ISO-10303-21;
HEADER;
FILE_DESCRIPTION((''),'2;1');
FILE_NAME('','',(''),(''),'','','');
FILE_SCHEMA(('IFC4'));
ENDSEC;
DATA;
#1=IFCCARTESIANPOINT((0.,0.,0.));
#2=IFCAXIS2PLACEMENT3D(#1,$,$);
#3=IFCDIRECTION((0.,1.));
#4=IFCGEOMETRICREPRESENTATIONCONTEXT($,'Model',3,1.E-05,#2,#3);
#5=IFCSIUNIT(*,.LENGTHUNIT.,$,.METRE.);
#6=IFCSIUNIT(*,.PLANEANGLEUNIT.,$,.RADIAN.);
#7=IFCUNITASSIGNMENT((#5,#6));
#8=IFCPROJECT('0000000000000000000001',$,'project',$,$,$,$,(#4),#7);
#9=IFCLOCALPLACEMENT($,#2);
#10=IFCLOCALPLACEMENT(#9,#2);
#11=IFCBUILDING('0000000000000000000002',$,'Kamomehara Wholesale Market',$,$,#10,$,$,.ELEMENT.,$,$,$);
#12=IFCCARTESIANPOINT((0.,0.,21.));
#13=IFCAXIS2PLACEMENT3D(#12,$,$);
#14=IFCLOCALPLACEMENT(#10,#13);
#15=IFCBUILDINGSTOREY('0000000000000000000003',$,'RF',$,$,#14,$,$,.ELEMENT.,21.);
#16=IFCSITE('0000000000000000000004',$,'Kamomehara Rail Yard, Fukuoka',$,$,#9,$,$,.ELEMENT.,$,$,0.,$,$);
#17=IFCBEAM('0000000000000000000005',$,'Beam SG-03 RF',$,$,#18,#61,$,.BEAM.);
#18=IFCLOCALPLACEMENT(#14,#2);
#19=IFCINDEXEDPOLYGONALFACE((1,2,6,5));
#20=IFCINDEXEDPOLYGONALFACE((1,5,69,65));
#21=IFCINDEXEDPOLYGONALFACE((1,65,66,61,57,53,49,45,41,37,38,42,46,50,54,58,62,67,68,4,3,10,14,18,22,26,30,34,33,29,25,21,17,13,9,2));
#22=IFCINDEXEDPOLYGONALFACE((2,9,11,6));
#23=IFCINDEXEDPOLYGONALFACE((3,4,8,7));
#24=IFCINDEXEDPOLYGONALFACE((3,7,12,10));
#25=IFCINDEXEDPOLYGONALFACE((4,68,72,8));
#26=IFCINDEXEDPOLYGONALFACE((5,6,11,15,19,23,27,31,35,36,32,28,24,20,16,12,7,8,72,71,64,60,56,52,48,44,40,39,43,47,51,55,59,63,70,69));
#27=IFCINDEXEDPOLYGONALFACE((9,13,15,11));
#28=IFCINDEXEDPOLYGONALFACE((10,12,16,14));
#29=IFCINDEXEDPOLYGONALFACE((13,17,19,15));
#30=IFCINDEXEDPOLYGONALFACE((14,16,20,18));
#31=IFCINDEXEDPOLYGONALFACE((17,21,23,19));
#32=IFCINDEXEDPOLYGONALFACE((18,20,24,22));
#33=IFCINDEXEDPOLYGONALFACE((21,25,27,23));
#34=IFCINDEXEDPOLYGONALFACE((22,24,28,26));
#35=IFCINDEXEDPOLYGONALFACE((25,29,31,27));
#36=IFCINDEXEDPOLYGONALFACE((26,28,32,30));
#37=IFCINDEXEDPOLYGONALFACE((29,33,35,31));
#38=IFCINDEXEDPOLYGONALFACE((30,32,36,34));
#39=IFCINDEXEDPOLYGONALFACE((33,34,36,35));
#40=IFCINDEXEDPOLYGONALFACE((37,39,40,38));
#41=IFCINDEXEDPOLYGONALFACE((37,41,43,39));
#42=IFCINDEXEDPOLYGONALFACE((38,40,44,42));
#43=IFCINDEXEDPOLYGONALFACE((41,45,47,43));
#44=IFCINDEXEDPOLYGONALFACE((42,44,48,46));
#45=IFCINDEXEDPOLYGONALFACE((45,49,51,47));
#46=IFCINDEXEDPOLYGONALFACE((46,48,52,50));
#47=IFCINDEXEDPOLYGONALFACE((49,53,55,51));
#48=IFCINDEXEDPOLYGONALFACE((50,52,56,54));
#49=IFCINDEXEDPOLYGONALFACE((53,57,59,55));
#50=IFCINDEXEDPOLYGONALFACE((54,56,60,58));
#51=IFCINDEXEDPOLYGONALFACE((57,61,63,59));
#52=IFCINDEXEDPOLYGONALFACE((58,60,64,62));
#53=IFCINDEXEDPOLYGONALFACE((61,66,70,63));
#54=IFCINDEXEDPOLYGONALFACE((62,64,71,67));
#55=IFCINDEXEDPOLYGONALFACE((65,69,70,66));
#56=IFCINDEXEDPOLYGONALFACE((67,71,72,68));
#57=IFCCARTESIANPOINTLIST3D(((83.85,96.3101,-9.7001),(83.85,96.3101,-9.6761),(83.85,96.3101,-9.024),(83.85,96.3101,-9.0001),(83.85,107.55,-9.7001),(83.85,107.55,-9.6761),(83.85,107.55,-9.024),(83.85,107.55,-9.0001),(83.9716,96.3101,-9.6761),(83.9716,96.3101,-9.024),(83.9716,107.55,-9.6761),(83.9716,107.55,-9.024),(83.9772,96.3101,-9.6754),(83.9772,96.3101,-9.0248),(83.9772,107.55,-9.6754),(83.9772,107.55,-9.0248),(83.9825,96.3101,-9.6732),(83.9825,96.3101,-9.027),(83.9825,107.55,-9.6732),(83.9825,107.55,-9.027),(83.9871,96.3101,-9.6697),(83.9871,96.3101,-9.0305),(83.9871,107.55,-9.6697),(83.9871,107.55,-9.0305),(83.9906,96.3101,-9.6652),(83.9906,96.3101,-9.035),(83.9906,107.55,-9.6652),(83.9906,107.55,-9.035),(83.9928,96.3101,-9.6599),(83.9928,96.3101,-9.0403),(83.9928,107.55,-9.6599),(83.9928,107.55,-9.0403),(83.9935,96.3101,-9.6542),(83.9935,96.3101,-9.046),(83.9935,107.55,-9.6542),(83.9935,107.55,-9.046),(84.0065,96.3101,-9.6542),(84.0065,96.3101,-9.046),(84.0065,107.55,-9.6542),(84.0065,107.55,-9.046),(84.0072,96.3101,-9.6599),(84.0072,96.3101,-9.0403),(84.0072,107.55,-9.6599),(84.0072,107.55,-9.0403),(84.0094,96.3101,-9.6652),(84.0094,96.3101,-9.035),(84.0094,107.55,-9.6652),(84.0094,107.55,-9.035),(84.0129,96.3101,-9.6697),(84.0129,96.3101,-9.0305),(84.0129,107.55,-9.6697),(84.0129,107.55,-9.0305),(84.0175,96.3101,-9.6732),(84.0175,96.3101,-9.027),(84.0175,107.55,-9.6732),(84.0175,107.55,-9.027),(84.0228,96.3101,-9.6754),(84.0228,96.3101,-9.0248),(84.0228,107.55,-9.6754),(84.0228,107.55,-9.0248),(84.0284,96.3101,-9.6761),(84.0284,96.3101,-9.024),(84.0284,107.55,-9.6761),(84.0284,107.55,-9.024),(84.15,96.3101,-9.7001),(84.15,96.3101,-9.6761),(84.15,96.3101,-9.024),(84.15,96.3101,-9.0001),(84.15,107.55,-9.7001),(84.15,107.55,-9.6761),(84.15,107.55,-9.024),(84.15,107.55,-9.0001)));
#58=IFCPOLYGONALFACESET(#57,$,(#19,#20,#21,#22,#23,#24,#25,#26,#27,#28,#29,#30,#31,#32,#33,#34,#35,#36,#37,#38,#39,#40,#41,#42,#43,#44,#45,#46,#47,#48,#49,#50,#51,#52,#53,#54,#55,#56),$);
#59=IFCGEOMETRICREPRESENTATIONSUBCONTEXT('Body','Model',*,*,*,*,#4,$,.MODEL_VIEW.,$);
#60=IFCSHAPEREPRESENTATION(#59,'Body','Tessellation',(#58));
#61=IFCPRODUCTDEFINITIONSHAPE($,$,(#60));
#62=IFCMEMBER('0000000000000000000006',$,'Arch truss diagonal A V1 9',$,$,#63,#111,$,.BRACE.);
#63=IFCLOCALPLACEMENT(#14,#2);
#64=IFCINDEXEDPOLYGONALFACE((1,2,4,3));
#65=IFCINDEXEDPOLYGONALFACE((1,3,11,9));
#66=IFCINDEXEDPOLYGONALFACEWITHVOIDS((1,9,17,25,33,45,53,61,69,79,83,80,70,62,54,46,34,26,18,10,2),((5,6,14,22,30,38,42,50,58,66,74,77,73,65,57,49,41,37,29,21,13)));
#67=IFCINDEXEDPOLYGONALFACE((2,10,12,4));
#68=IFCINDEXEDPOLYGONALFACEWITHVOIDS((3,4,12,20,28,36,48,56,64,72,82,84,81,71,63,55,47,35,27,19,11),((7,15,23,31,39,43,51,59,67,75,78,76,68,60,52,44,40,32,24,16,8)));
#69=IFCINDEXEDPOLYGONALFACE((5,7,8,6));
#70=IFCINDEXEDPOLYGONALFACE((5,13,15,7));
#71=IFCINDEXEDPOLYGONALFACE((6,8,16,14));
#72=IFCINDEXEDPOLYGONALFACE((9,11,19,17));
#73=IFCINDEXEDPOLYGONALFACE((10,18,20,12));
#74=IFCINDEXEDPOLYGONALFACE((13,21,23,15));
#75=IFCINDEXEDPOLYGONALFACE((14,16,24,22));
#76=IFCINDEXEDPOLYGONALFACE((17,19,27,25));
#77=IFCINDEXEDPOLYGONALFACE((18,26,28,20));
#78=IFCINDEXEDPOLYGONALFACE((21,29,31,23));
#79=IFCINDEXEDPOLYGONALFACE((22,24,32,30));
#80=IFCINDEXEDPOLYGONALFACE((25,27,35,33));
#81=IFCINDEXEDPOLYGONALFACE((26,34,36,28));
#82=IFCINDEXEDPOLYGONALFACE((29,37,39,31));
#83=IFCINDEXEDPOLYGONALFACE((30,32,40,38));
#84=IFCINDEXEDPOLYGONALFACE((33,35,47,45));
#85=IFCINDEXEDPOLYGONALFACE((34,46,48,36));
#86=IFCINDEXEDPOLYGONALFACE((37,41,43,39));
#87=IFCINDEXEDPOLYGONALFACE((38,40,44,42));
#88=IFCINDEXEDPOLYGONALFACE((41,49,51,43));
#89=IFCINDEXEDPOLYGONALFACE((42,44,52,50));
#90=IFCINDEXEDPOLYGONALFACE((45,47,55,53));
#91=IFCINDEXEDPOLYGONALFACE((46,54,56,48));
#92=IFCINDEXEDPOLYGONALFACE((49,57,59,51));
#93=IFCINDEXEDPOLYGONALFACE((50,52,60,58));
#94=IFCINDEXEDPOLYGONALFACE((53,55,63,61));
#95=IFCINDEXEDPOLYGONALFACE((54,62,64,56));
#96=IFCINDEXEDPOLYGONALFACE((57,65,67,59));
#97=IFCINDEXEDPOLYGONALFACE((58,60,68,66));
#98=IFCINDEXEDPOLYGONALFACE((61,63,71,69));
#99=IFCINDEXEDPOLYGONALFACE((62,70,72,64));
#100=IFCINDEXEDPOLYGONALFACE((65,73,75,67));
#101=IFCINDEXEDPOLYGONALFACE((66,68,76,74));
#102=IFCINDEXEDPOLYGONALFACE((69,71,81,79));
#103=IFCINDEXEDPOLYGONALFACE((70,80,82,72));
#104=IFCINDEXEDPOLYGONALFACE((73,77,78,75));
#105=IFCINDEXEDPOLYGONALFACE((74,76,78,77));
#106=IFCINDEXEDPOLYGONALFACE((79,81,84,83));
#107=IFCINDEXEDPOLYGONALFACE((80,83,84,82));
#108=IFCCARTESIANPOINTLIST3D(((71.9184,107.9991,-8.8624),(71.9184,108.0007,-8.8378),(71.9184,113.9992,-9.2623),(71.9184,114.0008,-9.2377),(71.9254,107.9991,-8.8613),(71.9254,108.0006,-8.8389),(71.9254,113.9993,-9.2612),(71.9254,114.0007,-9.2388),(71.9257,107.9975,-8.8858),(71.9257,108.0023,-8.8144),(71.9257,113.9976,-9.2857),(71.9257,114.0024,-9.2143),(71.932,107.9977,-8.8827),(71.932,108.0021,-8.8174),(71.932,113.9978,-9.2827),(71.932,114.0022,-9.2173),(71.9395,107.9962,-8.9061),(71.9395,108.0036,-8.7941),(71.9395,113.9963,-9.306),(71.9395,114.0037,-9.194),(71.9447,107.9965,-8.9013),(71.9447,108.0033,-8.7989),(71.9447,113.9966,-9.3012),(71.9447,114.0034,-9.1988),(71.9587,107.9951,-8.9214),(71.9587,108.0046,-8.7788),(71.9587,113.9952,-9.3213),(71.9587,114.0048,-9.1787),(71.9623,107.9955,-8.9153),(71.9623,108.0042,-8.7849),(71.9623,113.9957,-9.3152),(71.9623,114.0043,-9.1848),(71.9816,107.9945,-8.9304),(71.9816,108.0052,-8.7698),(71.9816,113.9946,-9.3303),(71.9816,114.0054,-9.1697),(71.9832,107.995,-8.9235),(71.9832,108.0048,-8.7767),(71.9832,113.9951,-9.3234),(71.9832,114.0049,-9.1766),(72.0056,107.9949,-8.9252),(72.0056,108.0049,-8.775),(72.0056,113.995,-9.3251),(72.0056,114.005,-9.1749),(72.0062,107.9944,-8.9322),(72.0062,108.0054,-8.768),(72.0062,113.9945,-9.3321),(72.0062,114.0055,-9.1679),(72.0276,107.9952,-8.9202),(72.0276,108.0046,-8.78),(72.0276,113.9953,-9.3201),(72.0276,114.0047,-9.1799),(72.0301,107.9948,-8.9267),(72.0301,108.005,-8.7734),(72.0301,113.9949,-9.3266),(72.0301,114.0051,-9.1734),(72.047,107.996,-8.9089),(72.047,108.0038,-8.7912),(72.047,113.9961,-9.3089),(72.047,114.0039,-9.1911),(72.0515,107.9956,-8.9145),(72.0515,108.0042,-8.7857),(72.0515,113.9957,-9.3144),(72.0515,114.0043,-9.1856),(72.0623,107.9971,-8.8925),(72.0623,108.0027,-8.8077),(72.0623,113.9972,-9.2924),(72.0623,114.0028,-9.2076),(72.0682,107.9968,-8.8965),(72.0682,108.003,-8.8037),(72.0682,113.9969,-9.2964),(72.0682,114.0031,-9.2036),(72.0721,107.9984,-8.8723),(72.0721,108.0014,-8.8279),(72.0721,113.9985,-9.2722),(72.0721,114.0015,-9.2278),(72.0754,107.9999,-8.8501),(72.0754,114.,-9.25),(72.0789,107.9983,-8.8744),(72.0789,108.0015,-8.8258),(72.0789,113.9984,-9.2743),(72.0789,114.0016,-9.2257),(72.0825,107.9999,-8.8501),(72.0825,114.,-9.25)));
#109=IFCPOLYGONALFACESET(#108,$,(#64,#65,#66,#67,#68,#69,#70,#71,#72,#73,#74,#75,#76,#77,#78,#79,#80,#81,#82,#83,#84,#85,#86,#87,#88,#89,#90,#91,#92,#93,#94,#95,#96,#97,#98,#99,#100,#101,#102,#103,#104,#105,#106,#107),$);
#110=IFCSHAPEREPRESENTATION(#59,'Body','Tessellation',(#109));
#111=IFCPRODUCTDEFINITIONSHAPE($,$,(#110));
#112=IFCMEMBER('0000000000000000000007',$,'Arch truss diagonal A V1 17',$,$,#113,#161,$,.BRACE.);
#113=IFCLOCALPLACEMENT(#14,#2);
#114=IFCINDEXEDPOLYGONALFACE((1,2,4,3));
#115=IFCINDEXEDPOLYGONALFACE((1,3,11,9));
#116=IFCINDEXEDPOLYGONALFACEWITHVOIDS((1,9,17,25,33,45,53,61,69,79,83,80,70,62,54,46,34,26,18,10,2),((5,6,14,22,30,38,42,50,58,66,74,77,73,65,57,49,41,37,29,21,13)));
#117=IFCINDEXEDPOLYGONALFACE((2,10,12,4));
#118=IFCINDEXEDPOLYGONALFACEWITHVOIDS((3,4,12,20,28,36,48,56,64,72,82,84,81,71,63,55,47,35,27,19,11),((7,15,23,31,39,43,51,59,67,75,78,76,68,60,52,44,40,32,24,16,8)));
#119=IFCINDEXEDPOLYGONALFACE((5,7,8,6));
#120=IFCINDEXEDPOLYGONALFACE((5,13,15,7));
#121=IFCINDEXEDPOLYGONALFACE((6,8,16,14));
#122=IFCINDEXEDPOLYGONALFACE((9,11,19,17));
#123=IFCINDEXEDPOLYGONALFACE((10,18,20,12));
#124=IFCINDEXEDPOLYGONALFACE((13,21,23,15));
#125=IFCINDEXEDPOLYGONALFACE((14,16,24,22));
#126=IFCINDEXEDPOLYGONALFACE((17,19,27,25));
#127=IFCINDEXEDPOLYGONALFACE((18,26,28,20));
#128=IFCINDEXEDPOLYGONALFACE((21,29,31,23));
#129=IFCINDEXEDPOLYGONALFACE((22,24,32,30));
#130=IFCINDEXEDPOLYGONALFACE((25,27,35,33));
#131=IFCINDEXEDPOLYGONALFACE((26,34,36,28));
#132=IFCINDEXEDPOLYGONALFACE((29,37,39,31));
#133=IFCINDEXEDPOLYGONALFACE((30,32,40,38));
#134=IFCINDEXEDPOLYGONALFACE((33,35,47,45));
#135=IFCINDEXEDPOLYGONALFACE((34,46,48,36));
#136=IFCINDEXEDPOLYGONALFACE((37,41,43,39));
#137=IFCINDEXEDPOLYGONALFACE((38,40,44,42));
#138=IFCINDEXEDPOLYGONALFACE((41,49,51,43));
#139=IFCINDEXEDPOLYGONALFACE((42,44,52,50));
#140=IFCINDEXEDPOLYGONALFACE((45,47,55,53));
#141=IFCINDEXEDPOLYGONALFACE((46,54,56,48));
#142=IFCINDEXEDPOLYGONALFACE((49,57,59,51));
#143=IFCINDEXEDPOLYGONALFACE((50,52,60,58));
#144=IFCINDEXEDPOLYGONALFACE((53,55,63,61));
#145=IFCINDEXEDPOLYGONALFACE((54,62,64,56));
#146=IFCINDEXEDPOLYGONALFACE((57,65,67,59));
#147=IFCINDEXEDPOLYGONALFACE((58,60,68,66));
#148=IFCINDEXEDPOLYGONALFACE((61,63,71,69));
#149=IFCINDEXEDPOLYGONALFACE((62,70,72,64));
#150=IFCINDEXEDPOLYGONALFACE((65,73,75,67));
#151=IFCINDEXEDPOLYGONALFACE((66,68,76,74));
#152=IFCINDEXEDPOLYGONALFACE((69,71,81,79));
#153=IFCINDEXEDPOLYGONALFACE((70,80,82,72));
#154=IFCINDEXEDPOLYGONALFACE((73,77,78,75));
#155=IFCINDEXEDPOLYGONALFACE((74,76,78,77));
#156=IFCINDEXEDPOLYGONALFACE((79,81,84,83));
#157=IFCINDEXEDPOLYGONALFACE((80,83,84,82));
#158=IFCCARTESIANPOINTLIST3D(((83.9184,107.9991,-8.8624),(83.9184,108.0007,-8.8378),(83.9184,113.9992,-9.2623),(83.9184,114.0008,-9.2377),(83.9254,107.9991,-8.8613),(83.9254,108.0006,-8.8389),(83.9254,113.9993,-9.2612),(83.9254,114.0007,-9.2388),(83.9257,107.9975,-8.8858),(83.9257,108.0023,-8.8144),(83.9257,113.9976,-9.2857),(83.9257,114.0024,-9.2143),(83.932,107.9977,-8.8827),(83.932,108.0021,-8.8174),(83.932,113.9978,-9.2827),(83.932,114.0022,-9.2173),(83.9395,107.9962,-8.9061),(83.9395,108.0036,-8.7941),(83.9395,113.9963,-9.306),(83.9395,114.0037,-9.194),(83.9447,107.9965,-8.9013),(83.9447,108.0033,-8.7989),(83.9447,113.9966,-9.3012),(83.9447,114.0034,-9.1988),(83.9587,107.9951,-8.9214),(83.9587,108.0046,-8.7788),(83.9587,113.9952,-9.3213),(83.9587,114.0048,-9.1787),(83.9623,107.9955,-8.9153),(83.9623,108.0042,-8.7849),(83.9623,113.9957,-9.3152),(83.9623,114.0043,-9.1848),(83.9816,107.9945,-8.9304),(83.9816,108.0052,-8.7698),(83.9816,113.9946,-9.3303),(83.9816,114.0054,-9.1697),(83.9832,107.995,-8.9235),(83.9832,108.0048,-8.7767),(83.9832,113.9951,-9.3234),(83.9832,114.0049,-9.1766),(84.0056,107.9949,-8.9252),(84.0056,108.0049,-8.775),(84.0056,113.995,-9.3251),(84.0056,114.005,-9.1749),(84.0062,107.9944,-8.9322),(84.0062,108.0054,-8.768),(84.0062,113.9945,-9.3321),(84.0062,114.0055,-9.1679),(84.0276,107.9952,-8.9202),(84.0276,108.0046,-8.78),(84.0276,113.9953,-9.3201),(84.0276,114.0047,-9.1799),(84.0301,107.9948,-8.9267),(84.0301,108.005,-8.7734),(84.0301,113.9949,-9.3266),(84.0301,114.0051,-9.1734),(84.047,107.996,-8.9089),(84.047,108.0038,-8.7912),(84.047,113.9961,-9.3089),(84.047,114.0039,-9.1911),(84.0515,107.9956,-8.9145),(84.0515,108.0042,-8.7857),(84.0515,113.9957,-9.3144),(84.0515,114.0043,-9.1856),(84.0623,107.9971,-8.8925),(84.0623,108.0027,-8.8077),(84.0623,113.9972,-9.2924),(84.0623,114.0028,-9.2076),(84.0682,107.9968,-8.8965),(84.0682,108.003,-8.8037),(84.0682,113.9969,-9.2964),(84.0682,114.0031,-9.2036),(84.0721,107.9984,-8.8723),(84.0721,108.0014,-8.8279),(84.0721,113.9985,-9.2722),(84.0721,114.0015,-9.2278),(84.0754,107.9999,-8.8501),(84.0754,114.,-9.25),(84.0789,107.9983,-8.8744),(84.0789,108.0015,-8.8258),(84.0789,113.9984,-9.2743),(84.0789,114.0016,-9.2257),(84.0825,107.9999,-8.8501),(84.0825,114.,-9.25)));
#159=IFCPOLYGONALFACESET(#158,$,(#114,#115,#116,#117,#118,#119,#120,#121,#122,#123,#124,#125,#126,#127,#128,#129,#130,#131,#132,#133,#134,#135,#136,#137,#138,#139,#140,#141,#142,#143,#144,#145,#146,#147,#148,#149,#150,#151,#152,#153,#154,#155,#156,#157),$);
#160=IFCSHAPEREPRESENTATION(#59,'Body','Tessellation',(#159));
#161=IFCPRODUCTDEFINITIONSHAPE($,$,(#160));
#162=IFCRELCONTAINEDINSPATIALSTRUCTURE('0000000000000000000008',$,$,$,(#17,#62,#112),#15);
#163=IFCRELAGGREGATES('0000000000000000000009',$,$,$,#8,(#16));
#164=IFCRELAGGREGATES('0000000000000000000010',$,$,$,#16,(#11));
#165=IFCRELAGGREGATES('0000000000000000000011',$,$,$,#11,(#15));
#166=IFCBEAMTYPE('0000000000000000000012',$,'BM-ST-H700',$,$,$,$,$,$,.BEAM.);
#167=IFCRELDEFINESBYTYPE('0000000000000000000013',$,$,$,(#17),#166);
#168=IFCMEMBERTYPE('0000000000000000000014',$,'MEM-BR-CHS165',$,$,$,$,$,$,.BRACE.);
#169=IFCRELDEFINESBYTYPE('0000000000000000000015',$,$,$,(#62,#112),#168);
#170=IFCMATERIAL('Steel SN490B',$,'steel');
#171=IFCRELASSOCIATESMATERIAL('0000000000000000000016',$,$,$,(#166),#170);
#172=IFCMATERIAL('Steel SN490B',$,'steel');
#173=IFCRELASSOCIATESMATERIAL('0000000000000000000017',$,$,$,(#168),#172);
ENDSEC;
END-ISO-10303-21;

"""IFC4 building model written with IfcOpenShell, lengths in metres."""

from ifc_helpers import new_model, si_unit, direction, frame, origin, origin_2d, place, context, subcontext, project, spatial, hollow_circle, i_section, extrude, material, material_profile, profile_set, type_object, element, save


model = new_model("IFC4")

# Units and contexts
model_context = context("Model", 3, precision=1e-05, world=origin(), true_north=direction((0.0, 1.0)))
body_context = subcontext(model_context, "Body", "Model", "MODEL_VIEW")
ifc_project = project(units=[si_unit("LENGTHUNIT", "METRE"), si_unit("PLANEANGLEUNIT", "RADIAN")], contexts=[model_context])

# Site, building, storey
site_placement = place(None, origin())
site = spatial("IfcSite", under=ifc_project, at=site_placement, Name="Kamomehara Rail Yard, Fukuoka", CompositionType="ELEMENT", RefElevation=0.0)
building_placement = place(site_placement, origin())
building = spatial("IfcBuilding", under=site, at=building_placement, Name="Kamomehara Wholesale Market", CompositionType="ELEMENT")
storey_placement = place(building_placement, frame((0.0, 0.0, 21.0)))
storey = spatial("IfcBuildingStorey", under=building, at=storey_placement, Name="RF", CompositionType="ELEMENT", Elevation=21.0)

# Beam
ifc_material_1 = material(Name="Steel SN490B", Category="steel")
ifc_material_profile_1 = material_profile(ifc_material_1, i_section(OverallWidth=0.3, OverallDepth=0.7, WebThickness=0.0129, FlangeThickness=0.0239, FilletRadius=0.022, at=origin_2d()), Name="H-700x300x13x24")
ifc_profile_set_1 = profile_set([ifc_material_profile_1], Name="Steel SN490B")
beam_type_1 = type_object("IfcBeamType", Name="BM-ST-H700", PredefinedType="BEAM", material=ifc_profile_set_1)
beam_1_placement = place(storey_placement, frame((84.0, 96.3101, -9.3501), z_axis=(0.0, 1.0, 0.0), x_axis=(-1.0, 0.0, 0.0)))
element("IfcBeam", 1, at=beam_1_placement, inside=storey, type_object=beam_type_1, Name="Beam SG-03 RF", PredefinedType="BEAM", context=body_context, shape_type="SweptSolid", body=[
    extrude(i_section(OverallWidth=0.3, OverallDepth=0.7, WebThickness=0.0129, FlangeThickness=0.0239, FilletRadius=0.022, at=origin_2d()), origin(), (0.0, 0.0, 1.0), 11.24),
])

# Members
ifc_material_2 = material(Name="Steel SN490B", Category="steel")
ifc_material_profile_2 = material_profile(ifc_material_2, hollow_circle(Radius=0.0825, WallThickness=0.0071, at=origin_2d()), Name="CHS-165.2x7.1")
ifc_profile_set_2 = profile_set([ifc_material_profile_2], Name="Steel SN490B")
member_type_1 = type_object("IfcMemberType", Name="MEM-BR-CHS165", PredefinedType="BRACE", material=ifc_profile_set_2)
for number, where, z_axis, x_axis, name in (
    (2, (72.0, 114.0, -9.25), (0.0, -0.997786, 0.066503), (1.0, 0.0, 0.0), "Arch truss diagonal A V1 9"),
    (3, (84.0, 114.0, -9.25), (0.0, -0.997786, 0.066503), (1.0, 0.0, 0.0), "Arch truss diagonal A V1 17"),
):
    element("IfcMember", number, at=place(storey_placement, frame(where, z_axis=z_axis, x_axis=x_axis)), inside=storey, type_object=member_type_1, Name=name, PredefinedType="BRACE", context=body_context, shape_type="SweptSolid", body=[
        extrude(hollow_circle(Radius=0.0825, WallThickness=0.0071, at=origin_2d()), origin(), (0.0, 0.0, 1.0), 6.0134),
    ])

save(model, "model.ifc")
